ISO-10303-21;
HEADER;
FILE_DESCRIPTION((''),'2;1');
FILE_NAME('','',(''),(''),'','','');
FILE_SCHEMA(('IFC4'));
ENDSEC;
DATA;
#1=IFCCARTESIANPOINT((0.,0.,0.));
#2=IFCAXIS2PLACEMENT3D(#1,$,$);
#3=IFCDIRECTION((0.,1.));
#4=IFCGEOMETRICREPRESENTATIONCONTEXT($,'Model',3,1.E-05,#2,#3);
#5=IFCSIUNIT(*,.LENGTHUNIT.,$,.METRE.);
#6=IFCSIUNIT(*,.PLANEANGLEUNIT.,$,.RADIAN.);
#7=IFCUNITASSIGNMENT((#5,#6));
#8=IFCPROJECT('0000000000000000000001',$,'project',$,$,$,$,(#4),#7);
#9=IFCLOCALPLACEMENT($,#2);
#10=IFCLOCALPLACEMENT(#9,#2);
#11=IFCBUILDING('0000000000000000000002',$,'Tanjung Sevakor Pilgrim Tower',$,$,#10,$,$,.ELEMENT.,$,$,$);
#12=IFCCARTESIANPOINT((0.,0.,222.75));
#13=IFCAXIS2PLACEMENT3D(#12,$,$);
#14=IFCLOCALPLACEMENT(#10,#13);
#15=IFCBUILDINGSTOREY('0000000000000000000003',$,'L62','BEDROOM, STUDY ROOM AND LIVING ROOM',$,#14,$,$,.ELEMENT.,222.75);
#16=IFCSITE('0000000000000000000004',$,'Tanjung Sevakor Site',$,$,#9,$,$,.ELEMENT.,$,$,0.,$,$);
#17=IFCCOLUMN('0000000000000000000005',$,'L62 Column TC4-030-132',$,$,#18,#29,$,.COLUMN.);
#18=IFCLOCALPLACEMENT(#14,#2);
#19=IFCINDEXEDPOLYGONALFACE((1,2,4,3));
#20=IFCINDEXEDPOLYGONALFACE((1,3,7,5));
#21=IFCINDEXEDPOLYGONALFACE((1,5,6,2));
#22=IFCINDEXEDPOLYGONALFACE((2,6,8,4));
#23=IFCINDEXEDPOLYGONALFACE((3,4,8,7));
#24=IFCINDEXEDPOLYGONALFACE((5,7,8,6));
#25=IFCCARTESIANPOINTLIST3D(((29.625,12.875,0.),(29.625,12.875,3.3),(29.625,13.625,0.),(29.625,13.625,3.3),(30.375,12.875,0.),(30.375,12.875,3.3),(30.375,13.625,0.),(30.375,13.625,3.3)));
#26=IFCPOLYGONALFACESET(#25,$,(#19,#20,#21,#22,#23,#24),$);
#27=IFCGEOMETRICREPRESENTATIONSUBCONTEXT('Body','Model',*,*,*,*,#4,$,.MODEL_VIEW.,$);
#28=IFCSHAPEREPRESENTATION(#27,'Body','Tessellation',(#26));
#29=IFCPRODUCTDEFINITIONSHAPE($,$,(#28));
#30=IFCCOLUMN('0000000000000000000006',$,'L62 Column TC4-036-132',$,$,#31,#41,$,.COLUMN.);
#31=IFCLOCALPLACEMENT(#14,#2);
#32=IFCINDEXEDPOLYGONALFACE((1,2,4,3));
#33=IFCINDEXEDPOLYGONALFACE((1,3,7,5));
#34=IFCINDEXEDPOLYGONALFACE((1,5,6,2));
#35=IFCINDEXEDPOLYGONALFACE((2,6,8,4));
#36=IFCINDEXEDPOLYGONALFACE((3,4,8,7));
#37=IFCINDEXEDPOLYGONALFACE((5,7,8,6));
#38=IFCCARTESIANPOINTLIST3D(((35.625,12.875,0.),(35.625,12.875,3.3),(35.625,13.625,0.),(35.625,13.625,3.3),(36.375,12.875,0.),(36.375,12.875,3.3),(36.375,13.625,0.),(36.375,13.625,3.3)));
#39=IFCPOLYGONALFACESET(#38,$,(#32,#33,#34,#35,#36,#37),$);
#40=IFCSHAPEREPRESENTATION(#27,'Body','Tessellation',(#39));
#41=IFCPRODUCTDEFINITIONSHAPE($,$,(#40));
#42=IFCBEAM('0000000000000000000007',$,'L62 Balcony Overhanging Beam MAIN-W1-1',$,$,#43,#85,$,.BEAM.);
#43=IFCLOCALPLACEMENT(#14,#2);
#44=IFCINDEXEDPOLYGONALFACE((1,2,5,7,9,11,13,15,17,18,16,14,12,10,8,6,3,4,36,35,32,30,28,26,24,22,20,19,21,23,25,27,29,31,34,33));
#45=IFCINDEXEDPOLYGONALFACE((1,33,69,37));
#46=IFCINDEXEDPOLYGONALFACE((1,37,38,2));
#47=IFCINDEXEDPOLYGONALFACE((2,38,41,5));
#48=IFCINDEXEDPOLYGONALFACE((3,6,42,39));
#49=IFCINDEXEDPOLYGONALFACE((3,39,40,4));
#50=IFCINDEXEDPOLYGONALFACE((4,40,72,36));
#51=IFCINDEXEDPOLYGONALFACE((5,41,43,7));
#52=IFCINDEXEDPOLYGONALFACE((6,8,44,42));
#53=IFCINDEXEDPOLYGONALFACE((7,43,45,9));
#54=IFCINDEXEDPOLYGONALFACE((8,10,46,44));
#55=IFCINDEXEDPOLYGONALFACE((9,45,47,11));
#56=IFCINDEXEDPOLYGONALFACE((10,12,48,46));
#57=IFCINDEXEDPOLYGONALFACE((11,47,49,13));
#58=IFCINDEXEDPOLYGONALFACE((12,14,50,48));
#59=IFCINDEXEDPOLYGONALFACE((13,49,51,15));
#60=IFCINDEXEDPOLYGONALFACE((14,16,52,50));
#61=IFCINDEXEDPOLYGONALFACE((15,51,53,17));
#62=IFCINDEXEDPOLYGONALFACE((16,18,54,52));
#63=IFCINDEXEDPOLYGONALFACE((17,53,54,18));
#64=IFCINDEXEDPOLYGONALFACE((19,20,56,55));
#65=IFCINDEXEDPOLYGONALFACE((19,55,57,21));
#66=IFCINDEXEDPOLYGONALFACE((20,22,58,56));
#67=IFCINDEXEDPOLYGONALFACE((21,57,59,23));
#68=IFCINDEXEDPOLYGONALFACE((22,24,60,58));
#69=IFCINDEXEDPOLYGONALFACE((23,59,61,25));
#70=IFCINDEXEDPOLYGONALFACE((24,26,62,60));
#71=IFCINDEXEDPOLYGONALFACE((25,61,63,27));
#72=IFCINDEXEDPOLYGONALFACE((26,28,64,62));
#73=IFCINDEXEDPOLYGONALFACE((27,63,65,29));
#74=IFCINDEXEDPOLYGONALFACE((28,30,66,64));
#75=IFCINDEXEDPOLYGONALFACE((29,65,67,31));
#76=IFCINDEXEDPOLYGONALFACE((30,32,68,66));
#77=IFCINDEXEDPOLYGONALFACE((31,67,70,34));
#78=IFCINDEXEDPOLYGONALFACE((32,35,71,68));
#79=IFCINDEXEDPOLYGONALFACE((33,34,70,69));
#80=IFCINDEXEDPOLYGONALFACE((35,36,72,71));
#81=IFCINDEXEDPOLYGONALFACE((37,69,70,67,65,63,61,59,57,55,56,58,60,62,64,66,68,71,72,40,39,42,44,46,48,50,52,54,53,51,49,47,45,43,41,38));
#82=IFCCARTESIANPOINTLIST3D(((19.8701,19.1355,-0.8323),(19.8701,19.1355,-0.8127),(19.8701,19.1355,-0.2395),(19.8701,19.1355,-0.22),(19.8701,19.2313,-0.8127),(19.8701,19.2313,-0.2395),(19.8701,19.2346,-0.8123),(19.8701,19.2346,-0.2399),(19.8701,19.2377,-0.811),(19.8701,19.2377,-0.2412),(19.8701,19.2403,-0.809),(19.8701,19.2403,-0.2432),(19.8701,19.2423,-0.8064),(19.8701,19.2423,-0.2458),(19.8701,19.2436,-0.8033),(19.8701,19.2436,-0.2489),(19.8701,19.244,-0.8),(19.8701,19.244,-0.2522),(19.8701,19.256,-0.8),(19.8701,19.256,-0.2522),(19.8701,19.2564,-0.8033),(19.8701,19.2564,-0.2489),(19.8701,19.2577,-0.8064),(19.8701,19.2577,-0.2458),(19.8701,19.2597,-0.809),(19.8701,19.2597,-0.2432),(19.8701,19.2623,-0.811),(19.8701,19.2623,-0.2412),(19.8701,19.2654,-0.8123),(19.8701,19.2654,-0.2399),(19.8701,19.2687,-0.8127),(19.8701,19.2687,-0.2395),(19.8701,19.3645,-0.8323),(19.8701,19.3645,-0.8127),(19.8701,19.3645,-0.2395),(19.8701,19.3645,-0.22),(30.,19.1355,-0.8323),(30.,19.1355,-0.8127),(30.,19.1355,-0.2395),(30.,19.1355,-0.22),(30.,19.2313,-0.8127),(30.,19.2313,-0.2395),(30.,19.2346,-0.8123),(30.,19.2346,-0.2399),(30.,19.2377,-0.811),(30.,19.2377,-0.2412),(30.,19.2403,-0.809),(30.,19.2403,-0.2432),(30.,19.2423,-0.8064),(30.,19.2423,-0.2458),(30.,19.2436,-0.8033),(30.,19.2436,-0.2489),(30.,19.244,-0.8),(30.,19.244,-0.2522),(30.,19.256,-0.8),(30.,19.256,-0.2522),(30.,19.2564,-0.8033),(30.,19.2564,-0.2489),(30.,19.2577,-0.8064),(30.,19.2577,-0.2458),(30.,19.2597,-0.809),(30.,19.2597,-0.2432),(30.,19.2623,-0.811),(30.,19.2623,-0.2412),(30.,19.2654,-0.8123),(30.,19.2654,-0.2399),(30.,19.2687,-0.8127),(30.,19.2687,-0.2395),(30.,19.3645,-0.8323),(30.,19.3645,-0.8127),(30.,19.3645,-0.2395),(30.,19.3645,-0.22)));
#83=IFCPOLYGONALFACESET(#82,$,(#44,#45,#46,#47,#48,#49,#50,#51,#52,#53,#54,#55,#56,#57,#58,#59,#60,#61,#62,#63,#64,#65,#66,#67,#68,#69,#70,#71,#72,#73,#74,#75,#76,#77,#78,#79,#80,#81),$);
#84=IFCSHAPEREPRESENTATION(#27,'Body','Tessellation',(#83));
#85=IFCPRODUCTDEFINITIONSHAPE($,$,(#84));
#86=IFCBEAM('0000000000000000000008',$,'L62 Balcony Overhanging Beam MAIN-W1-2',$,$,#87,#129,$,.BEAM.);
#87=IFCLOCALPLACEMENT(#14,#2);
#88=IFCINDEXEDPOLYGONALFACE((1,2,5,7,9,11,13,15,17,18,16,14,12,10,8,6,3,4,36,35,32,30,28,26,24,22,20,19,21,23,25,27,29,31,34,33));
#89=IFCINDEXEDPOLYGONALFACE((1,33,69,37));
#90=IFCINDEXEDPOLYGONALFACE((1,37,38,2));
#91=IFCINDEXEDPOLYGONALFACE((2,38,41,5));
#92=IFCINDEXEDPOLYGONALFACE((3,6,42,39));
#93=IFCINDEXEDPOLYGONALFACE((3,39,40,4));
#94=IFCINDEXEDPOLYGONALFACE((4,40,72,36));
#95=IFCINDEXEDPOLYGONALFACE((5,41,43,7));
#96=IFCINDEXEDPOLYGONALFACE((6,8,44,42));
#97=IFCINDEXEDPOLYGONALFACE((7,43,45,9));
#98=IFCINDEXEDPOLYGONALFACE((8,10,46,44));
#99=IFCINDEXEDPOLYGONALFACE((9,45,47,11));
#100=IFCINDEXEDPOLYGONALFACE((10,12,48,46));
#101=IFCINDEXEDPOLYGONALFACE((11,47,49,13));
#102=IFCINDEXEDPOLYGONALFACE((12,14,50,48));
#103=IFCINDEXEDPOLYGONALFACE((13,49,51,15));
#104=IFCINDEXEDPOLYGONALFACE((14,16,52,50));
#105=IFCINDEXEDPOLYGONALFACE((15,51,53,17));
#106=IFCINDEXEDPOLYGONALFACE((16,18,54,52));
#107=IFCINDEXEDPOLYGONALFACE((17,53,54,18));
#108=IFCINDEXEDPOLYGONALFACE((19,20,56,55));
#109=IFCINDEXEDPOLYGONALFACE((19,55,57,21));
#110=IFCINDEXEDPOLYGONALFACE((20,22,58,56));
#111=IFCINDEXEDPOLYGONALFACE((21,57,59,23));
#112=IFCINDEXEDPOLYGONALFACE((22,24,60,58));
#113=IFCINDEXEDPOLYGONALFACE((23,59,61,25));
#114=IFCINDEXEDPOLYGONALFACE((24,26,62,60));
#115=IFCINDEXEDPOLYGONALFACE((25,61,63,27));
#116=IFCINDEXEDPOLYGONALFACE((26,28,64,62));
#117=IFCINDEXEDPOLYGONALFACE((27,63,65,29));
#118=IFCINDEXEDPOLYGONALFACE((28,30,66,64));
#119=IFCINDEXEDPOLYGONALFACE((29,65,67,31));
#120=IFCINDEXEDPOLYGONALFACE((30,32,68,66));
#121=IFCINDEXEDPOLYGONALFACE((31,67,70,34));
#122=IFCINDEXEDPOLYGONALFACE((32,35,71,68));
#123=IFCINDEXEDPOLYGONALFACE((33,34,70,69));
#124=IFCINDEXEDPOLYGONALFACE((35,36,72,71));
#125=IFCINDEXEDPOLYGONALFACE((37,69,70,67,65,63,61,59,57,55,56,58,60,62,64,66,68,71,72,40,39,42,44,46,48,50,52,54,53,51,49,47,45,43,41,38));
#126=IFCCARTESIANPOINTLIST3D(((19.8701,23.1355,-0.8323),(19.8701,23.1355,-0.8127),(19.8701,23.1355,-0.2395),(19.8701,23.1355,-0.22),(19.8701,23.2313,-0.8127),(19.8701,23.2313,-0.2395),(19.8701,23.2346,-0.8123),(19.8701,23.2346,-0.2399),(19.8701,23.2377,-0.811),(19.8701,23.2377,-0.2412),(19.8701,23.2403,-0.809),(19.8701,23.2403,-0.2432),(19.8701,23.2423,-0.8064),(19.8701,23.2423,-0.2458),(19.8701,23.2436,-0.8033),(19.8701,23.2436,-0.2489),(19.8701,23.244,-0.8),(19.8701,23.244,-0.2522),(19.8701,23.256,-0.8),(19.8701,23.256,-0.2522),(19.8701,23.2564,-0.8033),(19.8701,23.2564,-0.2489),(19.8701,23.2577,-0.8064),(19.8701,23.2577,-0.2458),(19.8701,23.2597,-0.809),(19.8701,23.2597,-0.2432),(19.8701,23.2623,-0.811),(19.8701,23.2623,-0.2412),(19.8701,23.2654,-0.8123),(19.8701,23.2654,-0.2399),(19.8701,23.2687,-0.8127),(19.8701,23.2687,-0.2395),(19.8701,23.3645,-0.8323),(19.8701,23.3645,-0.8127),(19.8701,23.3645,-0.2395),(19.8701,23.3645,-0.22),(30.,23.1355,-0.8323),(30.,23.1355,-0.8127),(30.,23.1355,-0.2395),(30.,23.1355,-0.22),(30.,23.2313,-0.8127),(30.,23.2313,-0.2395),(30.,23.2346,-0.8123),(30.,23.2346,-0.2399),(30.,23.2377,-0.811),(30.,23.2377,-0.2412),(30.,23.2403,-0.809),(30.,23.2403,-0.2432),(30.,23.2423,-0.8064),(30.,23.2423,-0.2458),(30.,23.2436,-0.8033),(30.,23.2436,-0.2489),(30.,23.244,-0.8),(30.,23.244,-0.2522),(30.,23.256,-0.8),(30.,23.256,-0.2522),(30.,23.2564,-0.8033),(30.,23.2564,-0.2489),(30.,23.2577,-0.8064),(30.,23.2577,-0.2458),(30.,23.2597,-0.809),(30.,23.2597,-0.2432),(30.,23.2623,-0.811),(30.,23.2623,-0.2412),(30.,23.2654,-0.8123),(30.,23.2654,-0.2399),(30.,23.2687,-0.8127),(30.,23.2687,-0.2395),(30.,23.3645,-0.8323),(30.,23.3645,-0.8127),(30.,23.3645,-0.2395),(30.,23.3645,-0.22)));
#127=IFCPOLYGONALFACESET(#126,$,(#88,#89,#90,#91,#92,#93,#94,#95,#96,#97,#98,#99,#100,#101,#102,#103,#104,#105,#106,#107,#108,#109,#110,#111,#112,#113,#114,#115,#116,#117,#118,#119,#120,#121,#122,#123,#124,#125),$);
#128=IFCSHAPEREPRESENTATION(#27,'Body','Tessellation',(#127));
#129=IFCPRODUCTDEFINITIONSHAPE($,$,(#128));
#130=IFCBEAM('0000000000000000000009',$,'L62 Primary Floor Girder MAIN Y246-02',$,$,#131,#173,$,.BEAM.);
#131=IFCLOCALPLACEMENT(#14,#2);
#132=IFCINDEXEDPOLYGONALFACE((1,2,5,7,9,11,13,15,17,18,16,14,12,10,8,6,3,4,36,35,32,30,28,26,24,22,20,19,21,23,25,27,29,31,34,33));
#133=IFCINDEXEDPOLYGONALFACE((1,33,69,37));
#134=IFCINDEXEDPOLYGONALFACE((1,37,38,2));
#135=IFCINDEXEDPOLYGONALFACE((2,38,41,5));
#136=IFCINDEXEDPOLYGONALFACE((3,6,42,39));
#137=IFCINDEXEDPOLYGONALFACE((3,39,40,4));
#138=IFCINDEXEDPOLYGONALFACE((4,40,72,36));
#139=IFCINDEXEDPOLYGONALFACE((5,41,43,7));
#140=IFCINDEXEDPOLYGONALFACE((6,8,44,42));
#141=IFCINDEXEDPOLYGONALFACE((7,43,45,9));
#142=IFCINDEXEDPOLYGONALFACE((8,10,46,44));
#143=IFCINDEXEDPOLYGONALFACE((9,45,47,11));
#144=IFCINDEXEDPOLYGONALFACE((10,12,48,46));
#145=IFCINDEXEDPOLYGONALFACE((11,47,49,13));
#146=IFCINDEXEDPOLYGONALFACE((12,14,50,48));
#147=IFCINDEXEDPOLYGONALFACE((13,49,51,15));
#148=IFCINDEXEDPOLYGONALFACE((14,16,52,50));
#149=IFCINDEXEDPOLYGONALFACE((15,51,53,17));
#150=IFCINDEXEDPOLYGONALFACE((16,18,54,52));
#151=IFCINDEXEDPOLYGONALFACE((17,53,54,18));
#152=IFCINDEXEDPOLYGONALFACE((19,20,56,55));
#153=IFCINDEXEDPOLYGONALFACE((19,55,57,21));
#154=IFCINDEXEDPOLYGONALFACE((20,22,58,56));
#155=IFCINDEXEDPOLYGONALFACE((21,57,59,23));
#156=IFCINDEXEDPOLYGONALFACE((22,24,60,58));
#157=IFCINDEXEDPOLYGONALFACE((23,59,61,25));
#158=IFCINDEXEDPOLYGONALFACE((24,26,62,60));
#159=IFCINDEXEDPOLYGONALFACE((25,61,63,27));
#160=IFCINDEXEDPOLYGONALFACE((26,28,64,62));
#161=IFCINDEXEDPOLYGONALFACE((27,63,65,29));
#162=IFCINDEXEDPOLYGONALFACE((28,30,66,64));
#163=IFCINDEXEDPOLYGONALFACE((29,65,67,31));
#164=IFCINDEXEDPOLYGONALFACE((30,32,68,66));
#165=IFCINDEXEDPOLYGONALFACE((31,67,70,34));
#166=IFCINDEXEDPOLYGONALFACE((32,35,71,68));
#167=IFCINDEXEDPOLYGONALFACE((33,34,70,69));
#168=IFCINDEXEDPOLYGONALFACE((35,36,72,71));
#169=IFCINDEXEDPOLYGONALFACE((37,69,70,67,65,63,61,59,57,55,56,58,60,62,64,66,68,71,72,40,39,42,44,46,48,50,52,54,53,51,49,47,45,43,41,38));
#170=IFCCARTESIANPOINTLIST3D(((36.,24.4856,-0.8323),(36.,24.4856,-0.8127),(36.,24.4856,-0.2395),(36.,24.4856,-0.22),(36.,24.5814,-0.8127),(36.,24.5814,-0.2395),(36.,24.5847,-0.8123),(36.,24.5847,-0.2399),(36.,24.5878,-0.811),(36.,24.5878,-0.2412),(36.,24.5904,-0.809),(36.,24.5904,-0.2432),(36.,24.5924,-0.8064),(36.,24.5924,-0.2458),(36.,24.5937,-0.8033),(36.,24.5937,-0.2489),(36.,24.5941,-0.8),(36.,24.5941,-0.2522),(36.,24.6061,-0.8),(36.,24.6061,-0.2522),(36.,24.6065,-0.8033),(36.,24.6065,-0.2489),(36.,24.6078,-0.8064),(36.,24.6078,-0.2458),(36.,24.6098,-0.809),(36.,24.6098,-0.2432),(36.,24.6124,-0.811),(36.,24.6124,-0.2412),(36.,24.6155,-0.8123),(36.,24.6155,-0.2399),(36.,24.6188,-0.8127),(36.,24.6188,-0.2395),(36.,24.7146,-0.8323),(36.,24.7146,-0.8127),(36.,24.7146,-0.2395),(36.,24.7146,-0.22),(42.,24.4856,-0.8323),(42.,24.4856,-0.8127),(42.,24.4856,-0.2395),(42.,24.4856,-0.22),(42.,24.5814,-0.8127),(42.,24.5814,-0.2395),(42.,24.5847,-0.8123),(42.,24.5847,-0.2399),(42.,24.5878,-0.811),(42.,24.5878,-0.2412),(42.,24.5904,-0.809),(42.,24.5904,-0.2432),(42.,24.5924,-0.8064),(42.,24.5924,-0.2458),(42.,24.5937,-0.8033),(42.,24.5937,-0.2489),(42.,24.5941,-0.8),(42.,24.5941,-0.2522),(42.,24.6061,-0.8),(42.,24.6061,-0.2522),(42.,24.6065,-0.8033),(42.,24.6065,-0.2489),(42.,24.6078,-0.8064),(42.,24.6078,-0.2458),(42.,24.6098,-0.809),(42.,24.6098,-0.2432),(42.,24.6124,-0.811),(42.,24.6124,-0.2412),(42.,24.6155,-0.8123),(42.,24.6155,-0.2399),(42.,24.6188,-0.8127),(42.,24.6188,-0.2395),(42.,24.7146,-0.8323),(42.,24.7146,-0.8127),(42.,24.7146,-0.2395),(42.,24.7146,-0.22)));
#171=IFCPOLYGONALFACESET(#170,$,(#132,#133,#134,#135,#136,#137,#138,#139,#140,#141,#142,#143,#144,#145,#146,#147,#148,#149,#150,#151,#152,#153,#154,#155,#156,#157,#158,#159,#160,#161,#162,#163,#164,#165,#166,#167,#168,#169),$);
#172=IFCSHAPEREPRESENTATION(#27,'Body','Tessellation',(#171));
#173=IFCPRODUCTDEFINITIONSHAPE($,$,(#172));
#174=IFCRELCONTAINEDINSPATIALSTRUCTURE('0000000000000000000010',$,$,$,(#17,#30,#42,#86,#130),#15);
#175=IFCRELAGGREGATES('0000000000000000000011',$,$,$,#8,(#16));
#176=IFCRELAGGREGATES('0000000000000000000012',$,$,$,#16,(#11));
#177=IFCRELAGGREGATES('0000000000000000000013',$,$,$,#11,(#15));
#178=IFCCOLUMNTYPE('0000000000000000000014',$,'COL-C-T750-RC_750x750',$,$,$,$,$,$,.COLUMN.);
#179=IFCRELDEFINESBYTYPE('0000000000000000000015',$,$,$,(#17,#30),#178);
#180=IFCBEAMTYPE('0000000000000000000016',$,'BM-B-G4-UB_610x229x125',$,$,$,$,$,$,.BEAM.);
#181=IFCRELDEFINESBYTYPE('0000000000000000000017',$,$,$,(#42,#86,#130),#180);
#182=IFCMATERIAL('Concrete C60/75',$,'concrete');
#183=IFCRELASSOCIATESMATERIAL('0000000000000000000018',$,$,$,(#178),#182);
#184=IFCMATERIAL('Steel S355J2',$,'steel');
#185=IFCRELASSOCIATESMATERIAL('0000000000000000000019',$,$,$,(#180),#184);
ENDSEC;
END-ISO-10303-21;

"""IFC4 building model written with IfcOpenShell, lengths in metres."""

from ifc_helpers import new_model, si_unit, direction, frame, origin, origin_2d, place, context, subcontext, project, spatial, rectangle, i_section, extrude, material, material_profile, profile_set, type_object, element, save


model = new_model("IFC4")

# Units and contexts
model_context = context("Model", 3, precision=1e-05, world=origin(), true_north=direction((0.0, 1.0)))
body_context = subcontext(model_context, "Body", "Model", "MODEL_VIEW")
ifc_project = project(units=[si_unit("LENGTHUNIT", "METRE"), si_unit("PLANEANGLEUNIT", "RADIAN")], contexts=[model_context])

# Site, building, storey
site_placement = place(None, origin())
site = spatial("IfcSite", under=ifc_project, at=site_placement, Name="Tanjung Sevakor Site", CompositionType="ELEMENT", RefElevation=0.0)
building_placement = place(site_placement, origin())
building = spatial("IfcBuilding", under=site, at=building_placement, Name="Tanjung Sevakor Pilgrim Tower", CompositionType="ELEMENT")
storey_placement = place(building_placement, frame((0.0, 0.0, 222.75)))
storey = spatial("IfcBuildingStorey", under=building, at=storey_placement, Name="L62", Description="BEDROOM, STUDY ROOM AND LIVING ROOM", CompositionType="ELEMENT", Elevation=222.75)

# Columns
ifc_material_1 = material(Name="Concrete C60/75", Category="concrete")
ifc_material_profile_1 = material_profile(ifc_material_1, rectangle(XDim=0.75, YDim=0.75, at=origin_2d()))
ifc_profile_set_1 = profile_set([ifc_material_profile_1], Name="Concrete C60/75")
column_type = type_object("IfcColumnType", Name="COL-C-T750-RC_750x750", PredefinedType="COLUMN", material=ifc_profile_set_1)
for number, where, z_axis, x_axis, name in (
    (1, (30.0, 13.25, 0.0), (0.0, 0.0, 1.0), (1.0, 0.0, 0.0), "L62 Column TC4-030-132"),
    (2, (36.0, 13.25, 0.0), (0.0, 0.0, 1.0), (1.0, 0.0, 0.0), "L62 Column TC4-036-132"),
):
    element("IfcColumn", number, at=place(storey_placement, frame(where, z_axis=z_axis, x_axis=x_axis)), inside=storey, type_object=column_type, Name=name, PredefinedType="COLUMN", context=body_context, shape_type="SweptSolid", body=[
        extrude(rectangle(XDim=0.75, YDim=0.75, at=origin_2d()), origin(), (0.0, 0.0, 1.0), 3.3),
    ])

# Beams
ifc_material_2 = material(Name="Steel S355J2", Category="steel")
ifc_material_profile_2 = material_profile(ifc_material_2, i_section(OverallWidth=0.229, OverallDepth=0.6123, WebThickness=0.012, FlangeThickness=0.0195, FilletRadius=0.0127, at=origin_2d()))
ifc_profile_set_2 = profile_set([ifc_material_profile_2], Name="Steel S355J2")
beam_type_1 = type_object("IfcBeamType", Name="BM-B-G4-UB_610x229x125", PredefinedType="BEAM", material=ifc_profile_set_2)
for number, where, z_axis, x_axis, name in (
    (3, (30.0, 19.25, -0.5261), (-1.0, 0.0, 0.0), (0.0, -1.0, 0.0), "L62 Balcony Overhanging Beam MAIN-W1-1"),
    (4, (30.0, 23.25, -0.5261), (-1.0, 0.0, 0.0), (0.0, -1.0, 0.0), "L62 Balcony Overhanging Beam MAIN-W1-2"),
):
    element("IfcBeam", number, at=place(storey_placement, frame(where, z_axis=z_axis, x_axis=x_axis)), inside=storey, type_object=beam_type_1, Name=name, PredefinedType="BEAM", context=body_context, shape_type="SweptSolid", body=[
        extrude(i_section(OverallWidth=0.229, OverallDepth=0.6123, WebThickness=0.012, FlangeThickness=0.0195, FilletRadius=0.0127, at=origin_2d()), origin(), (0.0, 0.0, 1.0), 10.1299),
    ])
beam_1_placement = place(storey_placement, frame((36.0, 24.6001, -0.5261), z_axis=(1.0, 0.0, 0.0), x_axis=(0.0, 1.0, 0.0)))
element("IfcBeam", 5, at=beam_1_placement, inside=storey, type_object=beam_type_1, Name="L62 Primary Floor Girder MAIN Y246-02", PredefinedType="BEAM", context=body_context, shape_type="SweptSolid", body=[
    extrude(i_section(OverallWidth=0.229, OverallDepth=0.6123, WebThickness=0.012, FlangeThickness=0.0195, FilletRadius=0.0127, at=origin_2d()), origin(), (0.0, 0.0, 1.0), 6.0),
])

save(model, "model.ifc")
